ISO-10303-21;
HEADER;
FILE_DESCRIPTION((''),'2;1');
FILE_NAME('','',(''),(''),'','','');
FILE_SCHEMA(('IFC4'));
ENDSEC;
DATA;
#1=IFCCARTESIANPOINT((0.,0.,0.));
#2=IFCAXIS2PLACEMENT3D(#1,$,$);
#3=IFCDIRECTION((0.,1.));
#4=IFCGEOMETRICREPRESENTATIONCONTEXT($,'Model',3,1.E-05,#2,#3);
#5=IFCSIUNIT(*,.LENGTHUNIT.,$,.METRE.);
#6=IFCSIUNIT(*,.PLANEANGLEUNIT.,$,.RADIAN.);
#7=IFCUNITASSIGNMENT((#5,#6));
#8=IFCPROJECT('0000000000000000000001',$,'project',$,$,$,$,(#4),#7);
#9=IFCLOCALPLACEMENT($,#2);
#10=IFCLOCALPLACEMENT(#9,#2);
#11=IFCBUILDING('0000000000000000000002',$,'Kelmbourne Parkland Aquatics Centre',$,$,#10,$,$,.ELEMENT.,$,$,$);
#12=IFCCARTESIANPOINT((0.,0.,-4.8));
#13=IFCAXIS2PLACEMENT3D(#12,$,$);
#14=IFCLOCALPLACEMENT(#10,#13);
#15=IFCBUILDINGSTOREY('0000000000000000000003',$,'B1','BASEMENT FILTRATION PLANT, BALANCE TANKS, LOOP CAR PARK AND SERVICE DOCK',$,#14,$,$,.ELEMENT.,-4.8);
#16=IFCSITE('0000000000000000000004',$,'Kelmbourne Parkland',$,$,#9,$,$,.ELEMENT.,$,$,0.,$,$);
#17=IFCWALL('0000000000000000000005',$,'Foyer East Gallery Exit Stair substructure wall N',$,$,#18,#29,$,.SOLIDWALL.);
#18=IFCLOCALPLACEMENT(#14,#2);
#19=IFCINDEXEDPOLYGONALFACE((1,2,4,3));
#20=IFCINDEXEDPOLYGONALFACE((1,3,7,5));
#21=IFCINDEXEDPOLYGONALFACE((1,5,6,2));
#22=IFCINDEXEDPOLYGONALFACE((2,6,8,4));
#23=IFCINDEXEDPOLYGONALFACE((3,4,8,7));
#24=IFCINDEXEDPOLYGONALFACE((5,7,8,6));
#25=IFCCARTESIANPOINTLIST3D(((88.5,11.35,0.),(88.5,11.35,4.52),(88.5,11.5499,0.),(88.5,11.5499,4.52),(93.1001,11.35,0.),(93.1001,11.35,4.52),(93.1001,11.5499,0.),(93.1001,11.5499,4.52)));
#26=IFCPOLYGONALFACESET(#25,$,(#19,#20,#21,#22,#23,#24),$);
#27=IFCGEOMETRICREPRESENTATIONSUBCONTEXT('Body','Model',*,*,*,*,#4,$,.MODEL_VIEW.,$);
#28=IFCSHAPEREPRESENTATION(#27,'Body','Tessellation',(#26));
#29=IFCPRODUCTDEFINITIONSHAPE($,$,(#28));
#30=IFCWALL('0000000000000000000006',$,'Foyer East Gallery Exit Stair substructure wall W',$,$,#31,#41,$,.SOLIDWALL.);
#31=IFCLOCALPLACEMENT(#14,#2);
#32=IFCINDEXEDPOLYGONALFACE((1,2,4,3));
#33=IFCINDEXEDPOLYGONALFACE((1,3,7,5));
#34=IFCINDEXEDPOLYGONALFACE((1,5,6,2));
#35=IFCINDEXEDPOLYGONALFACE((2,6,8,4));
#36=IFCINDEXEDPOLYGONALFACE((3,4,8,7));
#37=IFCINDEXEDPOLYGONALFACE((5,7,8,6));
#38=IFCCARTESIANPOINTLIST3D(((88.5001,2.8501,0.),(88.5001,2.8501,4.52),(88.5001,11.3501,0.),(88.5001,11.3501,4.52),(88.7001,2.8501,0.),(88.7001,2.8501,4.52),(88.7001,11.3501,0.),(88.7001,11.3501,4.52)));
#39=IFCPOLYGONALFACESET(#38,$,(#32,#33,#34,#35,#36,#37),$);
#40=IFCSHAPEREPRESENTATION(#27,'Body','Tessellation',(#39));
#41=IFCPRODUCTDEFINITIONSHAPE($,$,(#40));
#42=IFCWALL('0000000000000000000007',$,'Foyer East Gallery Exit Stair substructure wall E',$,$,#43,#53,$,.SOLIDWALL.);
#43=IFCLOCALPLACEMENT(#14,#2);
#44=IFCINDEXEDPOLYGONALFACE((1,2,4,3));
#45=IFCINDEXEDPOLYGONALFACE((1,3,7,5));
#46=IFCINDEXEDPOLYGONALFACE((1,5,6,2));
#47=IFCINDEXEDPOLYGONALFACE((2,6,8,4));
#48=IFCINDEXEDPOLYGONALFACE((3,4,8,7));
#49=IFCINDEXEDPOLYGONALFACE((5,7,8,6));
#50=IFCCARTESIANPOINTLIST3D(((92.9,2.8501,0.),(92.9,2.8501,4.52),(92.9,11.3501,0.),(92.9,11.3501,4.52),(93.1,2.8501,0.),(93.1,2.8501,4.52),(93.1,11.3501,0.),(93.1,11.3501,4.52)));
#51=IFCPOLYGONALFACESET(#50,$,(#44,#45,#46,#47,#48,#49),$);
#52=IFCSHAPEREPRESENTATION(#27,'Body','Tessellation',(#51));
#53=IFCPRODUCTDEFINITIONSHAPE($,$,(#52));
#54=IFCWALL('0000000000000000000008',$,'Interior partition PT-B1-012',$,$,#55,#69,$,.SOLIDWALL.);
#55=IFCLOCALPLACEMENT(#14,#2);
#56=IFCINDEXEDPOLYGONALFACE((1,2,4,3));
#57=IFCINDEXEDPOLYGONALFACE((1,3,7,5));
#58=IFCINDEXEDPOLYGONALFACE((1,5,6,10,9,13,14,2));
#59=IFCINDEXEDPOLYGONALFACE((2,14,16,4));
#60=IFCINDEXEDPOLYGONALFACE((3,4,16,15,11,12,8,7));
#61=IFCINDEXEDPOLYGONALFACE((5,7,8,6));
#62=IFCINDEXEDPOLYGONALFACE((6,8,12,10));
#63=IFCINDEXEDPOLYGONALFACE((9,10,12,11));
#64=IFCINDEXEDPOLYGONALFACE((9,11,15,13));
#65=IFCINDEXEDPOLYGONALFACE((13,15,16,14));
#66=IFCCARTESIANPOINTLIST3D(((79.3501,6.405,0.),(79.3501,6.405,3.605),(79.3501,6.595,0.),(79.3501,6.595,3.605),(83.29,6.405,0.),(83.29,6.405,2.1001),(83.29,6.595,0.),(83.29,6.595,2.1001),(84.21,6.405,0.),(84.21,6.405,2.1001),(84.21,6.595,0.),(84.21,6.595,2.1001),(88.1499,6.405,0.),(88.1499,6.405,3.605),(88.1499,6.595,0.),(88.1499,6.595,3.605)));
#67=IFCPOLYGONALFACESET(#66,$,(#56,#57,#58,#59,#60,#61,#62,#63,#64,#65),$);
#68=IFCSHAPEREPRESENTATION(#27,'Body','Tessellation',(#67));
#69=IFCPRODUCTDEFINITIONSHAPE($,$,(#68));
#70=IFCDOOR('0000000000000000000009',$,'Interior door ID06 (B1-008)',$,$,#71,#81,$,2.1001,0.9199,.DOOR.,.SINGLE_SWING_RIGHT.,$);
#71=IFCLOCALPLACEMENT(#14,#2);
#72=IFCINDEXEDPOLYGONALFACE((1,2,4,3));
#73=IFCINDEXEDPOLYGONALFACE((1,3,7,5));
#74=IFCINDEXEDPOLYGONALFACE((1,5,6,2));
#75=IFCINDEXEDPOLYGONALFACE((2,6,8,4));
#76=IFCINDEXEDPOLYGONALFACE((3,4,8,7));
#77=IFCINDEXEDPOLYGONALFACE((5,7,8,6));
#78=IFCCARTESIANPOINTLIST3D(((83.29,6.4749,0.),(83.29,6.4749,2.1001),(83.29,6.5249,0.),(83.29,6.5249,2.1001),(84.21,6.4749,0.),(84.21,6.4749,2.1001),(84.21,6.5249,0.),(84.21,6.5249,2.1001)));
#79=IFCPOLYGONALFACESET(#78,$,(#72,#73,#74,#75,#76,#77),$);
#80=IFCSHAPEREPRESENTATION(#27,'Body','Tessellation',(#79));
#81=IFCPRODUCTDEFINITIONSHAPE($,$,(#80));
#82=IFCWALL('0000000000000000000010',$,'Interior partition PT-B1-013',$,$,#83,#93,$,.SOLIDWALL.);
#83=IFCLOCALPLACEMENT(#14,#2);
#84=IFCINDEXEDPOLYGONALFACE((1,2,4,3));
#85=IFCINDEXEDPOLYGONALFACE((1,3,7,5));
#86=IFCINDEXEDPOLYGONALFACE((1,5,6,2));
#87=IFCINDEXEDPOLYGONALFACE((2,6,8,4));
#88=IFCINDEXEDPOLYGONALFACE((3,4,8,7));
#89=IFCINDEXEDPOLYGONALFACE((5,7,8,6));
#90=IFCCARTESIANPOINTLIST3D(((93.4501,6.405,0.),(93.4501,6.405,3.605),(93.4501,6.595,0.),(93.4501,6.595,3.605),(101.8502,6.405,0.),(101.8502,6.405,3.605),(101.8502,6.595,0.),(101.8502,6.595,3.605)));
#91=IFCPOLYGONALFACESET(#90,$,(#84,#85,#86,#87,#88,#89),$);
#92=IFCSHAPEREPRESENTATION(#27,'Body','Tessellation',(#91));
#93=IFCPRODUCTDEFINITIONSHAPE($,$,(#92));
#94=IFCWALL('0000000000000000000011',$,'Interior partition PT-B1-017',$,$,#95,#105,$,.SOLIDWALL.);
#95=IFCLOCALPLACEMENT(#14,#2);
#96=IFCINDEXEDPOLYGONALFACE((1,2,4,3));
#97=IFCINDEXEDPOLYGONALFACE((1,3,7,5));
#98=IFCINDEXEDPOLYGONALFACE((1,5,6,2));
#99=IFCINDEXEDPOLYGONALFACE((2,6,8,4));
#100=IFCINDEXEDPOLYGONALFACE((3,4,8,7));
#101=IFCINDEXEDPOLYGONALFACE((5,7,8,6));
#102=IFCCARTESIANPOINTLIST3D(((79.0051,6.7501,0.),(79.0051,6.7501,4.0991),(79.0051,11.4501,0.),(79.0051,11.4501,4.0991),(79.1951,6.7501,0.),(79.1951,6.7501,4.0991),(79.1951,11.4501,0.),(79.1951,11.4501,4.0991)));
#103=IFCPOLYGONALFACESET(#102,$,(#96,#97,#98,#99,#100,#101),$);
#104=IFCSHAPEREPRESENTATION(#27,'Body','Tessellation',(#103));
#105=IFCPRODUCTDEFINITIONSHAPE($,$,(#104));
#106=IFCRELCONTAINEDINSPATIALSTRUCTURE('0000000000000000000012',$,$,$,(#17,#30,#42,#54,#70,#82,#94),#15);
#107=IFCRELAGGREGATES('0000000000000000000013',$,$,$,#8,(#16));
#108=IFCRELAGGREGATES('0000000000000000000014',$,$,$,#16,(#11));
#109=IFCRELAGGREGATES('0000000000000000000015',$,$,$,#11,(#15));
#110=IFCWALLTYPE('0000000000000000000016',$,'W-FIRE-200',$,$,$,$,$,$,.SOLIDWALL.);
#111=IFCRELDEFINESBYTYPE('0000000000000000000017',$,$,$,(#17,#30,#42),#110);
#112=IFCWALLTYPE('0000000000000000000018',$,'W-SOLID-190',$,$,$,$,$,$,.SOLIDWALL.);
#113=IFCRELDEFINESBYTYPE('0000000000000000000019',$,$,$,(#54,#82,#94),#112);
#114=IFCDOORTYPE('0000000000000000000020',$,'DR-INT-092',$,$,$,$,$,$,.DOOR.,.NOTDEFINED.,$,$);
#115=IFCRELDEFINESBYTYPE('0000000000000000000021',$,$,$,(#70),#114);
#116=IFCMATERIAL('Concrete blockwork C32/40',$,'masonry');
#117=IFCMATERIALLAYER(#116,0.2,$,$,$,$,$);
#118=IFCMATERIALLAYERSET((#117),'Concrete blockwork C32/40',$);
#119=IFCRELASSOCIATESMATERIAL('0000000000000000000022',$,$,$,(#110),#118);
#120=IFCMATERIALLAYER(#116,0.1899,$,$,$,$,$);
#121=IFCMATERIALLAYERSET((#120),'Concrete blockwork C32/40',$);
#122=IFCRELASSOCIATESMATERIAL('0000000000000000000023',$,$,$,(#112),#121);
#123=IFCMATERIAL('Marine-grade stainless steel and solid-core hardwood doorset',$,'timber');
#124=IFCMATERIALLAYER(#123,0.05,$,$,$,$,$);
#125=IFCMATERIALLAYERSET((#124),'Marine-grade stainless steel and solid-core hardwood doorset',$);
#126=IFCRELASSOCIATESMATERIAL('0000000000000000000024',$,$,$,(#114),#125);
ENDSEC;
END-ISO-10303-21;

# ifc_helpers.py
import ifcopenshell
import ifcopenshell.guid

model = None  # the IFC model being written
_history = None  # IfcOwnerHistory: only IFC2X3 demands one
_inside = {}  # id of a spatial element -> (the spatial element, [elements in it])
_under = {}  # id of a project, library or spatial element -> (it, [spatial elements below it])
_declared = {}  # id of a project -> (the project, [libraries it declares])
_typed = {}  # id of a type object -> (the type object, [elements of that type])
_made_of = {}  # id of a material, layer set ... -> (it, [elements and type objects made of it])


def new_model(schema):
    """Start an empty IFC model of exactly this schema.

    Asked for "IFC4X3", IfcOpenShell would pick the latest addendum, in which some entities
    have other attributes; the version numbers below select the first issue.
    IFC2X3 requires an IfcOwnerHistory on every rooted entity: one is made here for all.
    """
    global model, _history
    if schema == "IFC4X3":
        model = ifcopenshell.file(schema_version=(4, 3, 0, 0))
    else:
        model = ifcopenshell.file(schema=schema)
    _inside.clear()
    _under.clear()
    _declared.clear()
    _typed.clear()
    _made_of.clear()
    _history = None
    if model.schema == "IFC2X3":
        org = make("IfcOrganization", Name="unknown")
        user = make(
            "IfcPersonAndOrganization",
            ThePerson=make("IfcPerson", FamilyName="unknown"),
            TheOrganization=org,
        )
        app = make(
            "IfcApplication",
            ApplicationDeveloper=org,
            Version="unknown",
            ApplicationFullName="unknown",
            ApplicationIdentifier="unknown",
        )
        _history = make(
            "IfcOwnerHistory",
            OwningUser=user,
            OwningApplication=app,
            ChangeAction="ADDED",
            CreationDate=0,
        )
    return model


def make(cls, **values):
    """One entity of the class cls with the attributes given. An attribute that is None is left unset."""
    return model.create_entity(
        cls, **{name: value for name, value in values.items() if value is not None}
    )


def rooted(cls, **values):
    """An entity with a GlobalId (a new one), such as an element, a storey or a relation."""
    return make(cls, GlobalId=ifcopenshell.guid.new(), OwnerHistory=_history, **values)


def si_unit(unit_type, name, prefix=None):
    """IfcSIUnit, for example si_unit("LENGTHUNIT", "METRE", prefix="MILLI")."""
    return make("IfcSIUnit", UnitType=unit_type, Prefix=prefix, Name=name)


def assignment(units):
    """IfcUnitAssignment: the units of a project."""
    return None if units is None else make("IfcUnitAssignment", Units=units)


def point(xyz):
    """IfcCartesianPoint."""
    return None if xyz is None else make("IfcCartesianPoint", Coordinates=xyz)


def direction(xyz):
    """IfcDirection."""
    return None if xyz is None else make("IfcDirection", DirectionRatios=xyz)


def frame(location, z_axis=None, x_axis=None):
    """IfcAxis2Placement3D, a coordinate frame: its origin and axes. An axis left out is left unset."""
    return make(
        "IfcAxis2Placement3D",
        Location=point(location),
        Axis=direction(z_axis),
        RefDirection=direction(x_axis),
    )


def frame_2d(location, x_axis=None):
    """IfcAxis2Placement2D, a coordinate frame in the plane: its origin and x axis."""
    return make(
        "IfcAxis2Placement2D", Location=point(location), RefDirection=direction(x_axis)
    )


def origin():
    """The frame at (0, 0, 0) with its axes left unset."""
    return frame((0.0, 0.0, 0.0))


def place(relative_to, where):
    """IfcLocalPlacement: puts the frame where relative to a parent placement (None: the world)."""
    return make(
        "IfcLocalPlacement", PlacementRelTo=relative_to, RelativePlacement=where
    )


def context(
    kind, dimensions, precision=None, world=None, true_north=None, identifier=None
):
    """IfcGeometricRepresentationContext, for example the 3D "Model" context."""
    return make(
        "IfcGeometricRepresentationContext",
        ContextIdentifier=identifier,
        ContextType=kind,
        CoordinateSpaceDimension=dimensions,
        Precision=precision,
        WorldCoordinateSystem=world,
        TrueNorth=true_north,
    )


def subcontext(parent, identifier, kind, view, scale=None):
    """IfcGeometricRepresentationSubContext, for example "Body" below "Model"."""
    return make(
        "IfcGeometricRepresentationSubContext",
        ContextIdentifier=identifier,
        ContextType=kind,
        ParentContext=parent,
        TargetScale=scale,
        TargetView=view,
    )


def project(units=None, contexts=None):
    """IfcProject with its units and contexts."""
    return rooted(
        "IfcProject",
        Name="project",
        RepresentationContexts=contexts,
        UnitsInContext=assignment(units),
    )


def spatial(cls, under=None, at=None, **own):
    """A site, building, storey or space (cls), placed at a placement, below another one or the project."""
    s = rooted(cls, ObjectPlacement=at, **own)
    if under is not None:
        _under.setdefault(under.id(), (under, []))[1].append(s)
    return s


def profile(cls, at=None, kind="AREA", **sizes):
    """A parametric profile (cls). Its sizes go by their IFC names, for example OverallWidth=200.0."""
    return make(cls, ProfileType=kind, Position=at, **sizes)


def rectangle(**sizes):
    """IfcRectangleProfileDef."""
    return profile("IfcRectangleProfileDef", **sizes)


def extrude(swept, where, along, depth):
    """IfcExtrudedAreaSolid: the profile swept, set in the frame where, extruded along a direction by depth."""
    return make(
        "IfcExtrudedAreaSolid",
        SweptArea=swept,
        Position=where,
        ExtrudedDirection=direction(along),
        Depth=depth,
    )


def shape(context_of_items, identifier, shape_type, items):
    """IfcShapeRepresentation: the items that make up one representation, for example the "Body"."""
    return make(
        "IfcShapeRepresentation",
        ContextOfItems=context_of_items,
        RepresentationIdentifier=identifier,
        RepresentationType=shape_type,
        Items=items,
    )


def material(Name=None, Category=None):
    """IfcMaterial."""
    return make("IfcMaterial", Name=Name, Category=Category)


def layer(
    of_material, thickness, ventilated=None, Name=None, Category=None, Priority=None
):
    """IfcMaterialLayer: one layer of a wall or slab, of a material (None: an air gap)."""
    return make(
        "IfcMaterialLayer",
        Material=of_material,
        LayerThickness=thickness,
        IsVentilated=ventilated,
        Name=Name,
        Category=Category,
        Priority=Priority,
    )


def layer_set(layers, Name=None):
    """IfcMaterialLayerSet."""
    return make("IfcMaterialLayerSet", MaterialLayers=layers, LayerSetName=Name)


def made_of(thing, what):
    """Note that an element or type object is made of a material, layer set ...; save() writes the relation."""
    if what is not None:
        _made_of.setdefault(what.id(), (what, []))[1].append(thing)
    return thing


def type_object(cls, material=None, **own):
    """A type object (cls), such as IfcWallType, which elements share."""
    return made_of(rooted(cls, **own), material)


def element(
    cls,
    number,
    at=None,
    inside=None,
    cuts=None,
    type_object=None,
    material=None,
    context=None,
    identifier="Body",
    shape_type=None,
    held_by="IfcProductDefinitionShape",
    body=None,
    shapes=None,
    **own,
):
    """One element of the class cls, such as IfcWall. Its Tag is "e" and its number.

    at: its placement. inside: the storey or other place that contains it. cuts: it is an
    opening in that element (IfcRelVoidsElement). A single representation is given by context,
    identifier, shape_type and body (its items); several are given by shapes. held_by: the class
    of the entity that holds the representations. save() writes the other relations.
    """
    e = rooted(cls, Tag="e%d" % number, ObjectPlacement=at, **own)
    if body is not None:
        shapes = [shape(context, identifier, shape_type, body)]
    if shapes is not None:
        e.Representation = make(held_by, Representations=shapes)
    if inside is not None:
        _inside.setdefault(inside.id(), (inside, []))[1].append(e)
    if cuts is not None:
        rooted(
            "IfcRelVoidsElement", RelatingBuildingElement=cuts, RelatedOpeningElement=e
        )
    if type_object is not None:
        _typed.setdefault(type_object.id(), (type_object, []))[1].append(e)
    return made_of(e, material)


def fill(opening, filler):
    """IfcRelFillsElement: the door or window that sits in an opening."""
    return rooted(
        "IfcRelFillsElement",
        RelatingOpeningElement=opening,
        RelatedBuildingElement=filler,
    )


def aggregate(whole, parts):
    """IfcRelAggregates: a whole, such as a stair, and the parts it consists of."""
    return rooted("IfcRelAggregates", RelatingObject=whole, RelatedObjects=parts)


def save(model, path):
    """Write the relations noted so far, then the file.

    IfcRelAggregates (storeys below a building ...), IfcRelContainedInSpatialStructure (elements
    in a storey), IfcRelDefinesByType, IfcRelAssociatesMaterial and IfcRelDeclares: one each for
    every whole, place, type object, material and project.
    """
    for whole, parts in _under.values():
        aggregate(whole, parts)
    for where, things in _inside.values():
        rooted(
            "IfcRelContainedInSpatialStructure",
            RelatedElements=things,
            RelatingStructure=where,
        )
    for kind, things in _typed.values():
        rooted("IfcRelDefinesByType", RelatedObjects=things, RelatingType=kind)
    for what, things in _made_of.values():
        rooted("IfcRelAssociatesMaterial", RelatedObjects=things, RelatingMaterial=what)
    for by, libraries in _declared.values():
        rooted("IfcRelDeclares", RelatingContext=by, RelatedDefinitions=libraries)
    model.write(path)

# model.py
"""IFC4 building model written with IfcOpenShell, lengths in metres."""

from ifc_helpers import new_model, si_unit, direction, frame, frame_2d, origin, place, context, subcontext, project, spatial, rectangle, extrude, material, layer, layer_set, type_object, element, fill, save


model = new_model("IFC4")

# Units and contexts
model_context = context("Model", 3, precision=1e-05, world=origin(), true_north=direction((0.0, 1.0)))
body_context = subcontext(model_context, "Body", "Model", "MODEL_VIEW")
ifc_project = project(units=[si_unit("LENGTHUNIT", "METRE"), si_unit("PLANEANGLEUNIT", "RADIAN")], contexts=[model_context])

# Site, building, storey
site_placement = place(None, origin())
site = spatial("IfcSite", under=ifc_project, at=site_placement, Name="Kelmbourne Parkland", CompositionType="ELEMENT", RefElevation=0.0)
building_placement = place(site_placement, origin())
building = spatial("IfcBuilding", under=site, at=building_placement, Name="Kelmbourne Parkland Aquatics Centre", CompositionType="ELEMENT")
storey_placement = place(building_placement, frame((0.0, 0.0, -4.8)))
storey = spatial("IfcBuildingStorey", under=building, at=storey_placement, Name="B1", Description="BASEMENT FILTRATION PLANT, BALANCE TANKS, LOOP CAR PARK AND SERVICE DOCK", CompositionType="ELEMENT", Elevation=-4.8)

# Walls
ifc_material_1 = material(Name="Concrete blockwork C32/40", Category="masonry")
ifc_layer_1 = layer(ifc_material_1, 0.2)
ifc_layer_set_1 = layer_set([ifc_layer_1], Name="Concrete blockwork C32/40")
wall_type_1 = type_object("IfcWallType", Name="W-FIRE-200", PredefinedType="SOLIDWALL", material=ifc_layer_set_1)
for number, where, z_axis, x_axis, name in (
    (1, (88.5, 11.45, 0.0), (0.0, 0.0, 1.0), (1.0, 0.0, 0.0), "Foyer East Gallery Exit Stair substructure wall N"),
):
    element("IfcWall", number, at=place(storey_placement, frame(where, z_axis=z_axis, x_axis=x_axis)), inside=storey, type_object=wall_type_1, Name=name, PredefinedType="SOLIDWALL", context=body_context, shape_type="SweptSolid", body=[
        extrude(rectangle(XDim=4.6001, YDim=0.2, at=frame_2d((2.3, 0.0))), origin(), (0.0, 0.0, 1.0), 4.52),
    ])
for number, where, z_axis, x_axis, name in (
    (2, (88.6001, 2.8501, 0.0), (0.0, 0.0, 1.0), (0.0, 1.0, 0.0), "Foyer East Gallery Exit Stair substructure wall W"),
    (3, (93.0, 2.8501, 0.0), (0.0, 0.0, 1.0), (0.0, 1.0, 0.0), "Foyer East Gallery Exit Stair substructure wall E"),
):
    element("IfcWall", number, at=place(storey_placement, frame(where, z_axis=z_axis, x_axis=x_axis)), inside=storey, type_object=wall_type_1, Name=name, PredefinedType="SOLIDWALL", context=body_context, shape_type="SweptSolid", body=[
        extrude(rectangle(XDim=8.5, YDim=0.2, at=frame_2d((4.25, 0.0))), origin(), (0.0, 0.0, 1.0), 4.52),
    ])

# Wall, opening, door
ifc_layer_2 = layer(ifc_material_1, 0.1899)
ifc_layer_set_2 = layer_set([ifc_layer_2], Name="Concrete blockwork C32/40")
wall_type_2 = type_object("IfcWallType", Name="W-SOLID-190", PredefinedType="SOLIDWALL", material=ifc_layer_set_2)
wall_1_placement = place(storey_placement, frame((79.3501, 6.5, 0.0), z_axis=(0.0, 0.0, 1.0), x_axis=(1.0, 0.0, 0.0)))
wall_1 = element("IfcWall", 4, at=wall_1_placement, inside=storey, type_object=wall_type_2, Name="Interior partition PT-B1-012", PredefinedType="SOLIDWALL", context=body_context, shape_type="SweptSolid", body=[
    extrude(rectangle(XDim=8.7998, YDim=0.1899, at=frame_2d((4.3999, 0.0))), origin(), (0.0, 0.0, 1.0), 3.605),
])
opening_placement = place(wall_1_placement, frame((3.9399, 0.0, 0.0)))
opening = element("IfcOpeningElement", 5, at=opening_placement, cuts=wall_1, PredefinedType="OPENING", context=body_context, shape_type="SweptSolid", body=[
    extrude(rectangle(XDim=0.9199, YDim=2.1001, at=frame_2d((0.46, 1.05))), frame((0.0, 0.1069, 0.0), z_axis=(0.0, -1.0, 0.0), x_axis=(1.0, 0.0, 0.0)), (0.0, 0.0, 1.0), 0.2139),
])
ifc_material_2 = material(Name="Marine-grade stainless steel and solid-core hardwood doorset", Category="timber")
ifc_layer_3 = layer(ifc_material_2, 0.05)
ifc_layer_set_3 = layer_set([ifc_layer_3], Name="Marine-grade stainless steel and solid-core hardwood doorset")
door_type = type_object("IfcDoorType", Name="DR-INT-092", OperationType="NOTDEFINED", PredefinedType="DOOR", material=ifc_layer_set_3)
door_placement = place(opening_placement, origin())
door = element("IfcDoor", 6, at=door_placement, inside=storey, type_object=door_type, Name="Interior door ID06 (B1-008)", OperationType="SINGLE_SWING_RIGHT", OverallHeight=2.1001, OverallWidth=0.9199, PredefinedType="DOOR", context=body_context, shape_type="SweptSolid", body=[
    extrude(rectangle(XDim=0.9199, YDim=2.1001, at=frame_2d((0.46, 1.05))), frame((0.0, 0.0249, 0.0), z_axis=(0.0, -1.0, 0.0), x_axis=(1.0, 0.0, 0.0)), (0.0, 0.0, 1.0), 0.05),
])
fill(opening, door)

# Walls
wall_2_placement = place(storey_placement, frame((93.45, 6.5, 0.0), z_axis=(0.0, 0.0, 1.0), x_axis=(1.0, 0.0, 0.0)))
element("IfcWall", 7, at=wall_2_placement, inside=storey, type_object=wall_type_2, Name="Interior partition PT-B1-013", PredefinedType="SOLIDWALL", context=body_context, shape_type="SweptSolid", body=[
    extrude(rectangle(XDim=8.4001, YDim=0.1899, at=frame_2d((4.2002, 0.0))), origin(), (0.0, 0.0, 1.0), 3.605),
])
wall_3_placement = place(storey_placement, frame((79.1001, 6.75, 0.0), z_axis=(0.0, 0.0, 1.0), x_axis=(0.0, 1.0, 0.0)))
element("IfcWall", 8, at=wall_3_placement, inside=storey, type_object=wall_type_2, Name="Interior partition PT-B1-017", PredefinedType="SOLIDWALL", context=body_context, shape_type="SweptSolid", body=[
    extrude(rectangle(XDim=4.7, YDim=0.1899, at=frame_2d((2.3501, 0.0))), origin(), (0.0, 0.0, 1.0), 4.0991),
])

save(model, "model.ifc")
